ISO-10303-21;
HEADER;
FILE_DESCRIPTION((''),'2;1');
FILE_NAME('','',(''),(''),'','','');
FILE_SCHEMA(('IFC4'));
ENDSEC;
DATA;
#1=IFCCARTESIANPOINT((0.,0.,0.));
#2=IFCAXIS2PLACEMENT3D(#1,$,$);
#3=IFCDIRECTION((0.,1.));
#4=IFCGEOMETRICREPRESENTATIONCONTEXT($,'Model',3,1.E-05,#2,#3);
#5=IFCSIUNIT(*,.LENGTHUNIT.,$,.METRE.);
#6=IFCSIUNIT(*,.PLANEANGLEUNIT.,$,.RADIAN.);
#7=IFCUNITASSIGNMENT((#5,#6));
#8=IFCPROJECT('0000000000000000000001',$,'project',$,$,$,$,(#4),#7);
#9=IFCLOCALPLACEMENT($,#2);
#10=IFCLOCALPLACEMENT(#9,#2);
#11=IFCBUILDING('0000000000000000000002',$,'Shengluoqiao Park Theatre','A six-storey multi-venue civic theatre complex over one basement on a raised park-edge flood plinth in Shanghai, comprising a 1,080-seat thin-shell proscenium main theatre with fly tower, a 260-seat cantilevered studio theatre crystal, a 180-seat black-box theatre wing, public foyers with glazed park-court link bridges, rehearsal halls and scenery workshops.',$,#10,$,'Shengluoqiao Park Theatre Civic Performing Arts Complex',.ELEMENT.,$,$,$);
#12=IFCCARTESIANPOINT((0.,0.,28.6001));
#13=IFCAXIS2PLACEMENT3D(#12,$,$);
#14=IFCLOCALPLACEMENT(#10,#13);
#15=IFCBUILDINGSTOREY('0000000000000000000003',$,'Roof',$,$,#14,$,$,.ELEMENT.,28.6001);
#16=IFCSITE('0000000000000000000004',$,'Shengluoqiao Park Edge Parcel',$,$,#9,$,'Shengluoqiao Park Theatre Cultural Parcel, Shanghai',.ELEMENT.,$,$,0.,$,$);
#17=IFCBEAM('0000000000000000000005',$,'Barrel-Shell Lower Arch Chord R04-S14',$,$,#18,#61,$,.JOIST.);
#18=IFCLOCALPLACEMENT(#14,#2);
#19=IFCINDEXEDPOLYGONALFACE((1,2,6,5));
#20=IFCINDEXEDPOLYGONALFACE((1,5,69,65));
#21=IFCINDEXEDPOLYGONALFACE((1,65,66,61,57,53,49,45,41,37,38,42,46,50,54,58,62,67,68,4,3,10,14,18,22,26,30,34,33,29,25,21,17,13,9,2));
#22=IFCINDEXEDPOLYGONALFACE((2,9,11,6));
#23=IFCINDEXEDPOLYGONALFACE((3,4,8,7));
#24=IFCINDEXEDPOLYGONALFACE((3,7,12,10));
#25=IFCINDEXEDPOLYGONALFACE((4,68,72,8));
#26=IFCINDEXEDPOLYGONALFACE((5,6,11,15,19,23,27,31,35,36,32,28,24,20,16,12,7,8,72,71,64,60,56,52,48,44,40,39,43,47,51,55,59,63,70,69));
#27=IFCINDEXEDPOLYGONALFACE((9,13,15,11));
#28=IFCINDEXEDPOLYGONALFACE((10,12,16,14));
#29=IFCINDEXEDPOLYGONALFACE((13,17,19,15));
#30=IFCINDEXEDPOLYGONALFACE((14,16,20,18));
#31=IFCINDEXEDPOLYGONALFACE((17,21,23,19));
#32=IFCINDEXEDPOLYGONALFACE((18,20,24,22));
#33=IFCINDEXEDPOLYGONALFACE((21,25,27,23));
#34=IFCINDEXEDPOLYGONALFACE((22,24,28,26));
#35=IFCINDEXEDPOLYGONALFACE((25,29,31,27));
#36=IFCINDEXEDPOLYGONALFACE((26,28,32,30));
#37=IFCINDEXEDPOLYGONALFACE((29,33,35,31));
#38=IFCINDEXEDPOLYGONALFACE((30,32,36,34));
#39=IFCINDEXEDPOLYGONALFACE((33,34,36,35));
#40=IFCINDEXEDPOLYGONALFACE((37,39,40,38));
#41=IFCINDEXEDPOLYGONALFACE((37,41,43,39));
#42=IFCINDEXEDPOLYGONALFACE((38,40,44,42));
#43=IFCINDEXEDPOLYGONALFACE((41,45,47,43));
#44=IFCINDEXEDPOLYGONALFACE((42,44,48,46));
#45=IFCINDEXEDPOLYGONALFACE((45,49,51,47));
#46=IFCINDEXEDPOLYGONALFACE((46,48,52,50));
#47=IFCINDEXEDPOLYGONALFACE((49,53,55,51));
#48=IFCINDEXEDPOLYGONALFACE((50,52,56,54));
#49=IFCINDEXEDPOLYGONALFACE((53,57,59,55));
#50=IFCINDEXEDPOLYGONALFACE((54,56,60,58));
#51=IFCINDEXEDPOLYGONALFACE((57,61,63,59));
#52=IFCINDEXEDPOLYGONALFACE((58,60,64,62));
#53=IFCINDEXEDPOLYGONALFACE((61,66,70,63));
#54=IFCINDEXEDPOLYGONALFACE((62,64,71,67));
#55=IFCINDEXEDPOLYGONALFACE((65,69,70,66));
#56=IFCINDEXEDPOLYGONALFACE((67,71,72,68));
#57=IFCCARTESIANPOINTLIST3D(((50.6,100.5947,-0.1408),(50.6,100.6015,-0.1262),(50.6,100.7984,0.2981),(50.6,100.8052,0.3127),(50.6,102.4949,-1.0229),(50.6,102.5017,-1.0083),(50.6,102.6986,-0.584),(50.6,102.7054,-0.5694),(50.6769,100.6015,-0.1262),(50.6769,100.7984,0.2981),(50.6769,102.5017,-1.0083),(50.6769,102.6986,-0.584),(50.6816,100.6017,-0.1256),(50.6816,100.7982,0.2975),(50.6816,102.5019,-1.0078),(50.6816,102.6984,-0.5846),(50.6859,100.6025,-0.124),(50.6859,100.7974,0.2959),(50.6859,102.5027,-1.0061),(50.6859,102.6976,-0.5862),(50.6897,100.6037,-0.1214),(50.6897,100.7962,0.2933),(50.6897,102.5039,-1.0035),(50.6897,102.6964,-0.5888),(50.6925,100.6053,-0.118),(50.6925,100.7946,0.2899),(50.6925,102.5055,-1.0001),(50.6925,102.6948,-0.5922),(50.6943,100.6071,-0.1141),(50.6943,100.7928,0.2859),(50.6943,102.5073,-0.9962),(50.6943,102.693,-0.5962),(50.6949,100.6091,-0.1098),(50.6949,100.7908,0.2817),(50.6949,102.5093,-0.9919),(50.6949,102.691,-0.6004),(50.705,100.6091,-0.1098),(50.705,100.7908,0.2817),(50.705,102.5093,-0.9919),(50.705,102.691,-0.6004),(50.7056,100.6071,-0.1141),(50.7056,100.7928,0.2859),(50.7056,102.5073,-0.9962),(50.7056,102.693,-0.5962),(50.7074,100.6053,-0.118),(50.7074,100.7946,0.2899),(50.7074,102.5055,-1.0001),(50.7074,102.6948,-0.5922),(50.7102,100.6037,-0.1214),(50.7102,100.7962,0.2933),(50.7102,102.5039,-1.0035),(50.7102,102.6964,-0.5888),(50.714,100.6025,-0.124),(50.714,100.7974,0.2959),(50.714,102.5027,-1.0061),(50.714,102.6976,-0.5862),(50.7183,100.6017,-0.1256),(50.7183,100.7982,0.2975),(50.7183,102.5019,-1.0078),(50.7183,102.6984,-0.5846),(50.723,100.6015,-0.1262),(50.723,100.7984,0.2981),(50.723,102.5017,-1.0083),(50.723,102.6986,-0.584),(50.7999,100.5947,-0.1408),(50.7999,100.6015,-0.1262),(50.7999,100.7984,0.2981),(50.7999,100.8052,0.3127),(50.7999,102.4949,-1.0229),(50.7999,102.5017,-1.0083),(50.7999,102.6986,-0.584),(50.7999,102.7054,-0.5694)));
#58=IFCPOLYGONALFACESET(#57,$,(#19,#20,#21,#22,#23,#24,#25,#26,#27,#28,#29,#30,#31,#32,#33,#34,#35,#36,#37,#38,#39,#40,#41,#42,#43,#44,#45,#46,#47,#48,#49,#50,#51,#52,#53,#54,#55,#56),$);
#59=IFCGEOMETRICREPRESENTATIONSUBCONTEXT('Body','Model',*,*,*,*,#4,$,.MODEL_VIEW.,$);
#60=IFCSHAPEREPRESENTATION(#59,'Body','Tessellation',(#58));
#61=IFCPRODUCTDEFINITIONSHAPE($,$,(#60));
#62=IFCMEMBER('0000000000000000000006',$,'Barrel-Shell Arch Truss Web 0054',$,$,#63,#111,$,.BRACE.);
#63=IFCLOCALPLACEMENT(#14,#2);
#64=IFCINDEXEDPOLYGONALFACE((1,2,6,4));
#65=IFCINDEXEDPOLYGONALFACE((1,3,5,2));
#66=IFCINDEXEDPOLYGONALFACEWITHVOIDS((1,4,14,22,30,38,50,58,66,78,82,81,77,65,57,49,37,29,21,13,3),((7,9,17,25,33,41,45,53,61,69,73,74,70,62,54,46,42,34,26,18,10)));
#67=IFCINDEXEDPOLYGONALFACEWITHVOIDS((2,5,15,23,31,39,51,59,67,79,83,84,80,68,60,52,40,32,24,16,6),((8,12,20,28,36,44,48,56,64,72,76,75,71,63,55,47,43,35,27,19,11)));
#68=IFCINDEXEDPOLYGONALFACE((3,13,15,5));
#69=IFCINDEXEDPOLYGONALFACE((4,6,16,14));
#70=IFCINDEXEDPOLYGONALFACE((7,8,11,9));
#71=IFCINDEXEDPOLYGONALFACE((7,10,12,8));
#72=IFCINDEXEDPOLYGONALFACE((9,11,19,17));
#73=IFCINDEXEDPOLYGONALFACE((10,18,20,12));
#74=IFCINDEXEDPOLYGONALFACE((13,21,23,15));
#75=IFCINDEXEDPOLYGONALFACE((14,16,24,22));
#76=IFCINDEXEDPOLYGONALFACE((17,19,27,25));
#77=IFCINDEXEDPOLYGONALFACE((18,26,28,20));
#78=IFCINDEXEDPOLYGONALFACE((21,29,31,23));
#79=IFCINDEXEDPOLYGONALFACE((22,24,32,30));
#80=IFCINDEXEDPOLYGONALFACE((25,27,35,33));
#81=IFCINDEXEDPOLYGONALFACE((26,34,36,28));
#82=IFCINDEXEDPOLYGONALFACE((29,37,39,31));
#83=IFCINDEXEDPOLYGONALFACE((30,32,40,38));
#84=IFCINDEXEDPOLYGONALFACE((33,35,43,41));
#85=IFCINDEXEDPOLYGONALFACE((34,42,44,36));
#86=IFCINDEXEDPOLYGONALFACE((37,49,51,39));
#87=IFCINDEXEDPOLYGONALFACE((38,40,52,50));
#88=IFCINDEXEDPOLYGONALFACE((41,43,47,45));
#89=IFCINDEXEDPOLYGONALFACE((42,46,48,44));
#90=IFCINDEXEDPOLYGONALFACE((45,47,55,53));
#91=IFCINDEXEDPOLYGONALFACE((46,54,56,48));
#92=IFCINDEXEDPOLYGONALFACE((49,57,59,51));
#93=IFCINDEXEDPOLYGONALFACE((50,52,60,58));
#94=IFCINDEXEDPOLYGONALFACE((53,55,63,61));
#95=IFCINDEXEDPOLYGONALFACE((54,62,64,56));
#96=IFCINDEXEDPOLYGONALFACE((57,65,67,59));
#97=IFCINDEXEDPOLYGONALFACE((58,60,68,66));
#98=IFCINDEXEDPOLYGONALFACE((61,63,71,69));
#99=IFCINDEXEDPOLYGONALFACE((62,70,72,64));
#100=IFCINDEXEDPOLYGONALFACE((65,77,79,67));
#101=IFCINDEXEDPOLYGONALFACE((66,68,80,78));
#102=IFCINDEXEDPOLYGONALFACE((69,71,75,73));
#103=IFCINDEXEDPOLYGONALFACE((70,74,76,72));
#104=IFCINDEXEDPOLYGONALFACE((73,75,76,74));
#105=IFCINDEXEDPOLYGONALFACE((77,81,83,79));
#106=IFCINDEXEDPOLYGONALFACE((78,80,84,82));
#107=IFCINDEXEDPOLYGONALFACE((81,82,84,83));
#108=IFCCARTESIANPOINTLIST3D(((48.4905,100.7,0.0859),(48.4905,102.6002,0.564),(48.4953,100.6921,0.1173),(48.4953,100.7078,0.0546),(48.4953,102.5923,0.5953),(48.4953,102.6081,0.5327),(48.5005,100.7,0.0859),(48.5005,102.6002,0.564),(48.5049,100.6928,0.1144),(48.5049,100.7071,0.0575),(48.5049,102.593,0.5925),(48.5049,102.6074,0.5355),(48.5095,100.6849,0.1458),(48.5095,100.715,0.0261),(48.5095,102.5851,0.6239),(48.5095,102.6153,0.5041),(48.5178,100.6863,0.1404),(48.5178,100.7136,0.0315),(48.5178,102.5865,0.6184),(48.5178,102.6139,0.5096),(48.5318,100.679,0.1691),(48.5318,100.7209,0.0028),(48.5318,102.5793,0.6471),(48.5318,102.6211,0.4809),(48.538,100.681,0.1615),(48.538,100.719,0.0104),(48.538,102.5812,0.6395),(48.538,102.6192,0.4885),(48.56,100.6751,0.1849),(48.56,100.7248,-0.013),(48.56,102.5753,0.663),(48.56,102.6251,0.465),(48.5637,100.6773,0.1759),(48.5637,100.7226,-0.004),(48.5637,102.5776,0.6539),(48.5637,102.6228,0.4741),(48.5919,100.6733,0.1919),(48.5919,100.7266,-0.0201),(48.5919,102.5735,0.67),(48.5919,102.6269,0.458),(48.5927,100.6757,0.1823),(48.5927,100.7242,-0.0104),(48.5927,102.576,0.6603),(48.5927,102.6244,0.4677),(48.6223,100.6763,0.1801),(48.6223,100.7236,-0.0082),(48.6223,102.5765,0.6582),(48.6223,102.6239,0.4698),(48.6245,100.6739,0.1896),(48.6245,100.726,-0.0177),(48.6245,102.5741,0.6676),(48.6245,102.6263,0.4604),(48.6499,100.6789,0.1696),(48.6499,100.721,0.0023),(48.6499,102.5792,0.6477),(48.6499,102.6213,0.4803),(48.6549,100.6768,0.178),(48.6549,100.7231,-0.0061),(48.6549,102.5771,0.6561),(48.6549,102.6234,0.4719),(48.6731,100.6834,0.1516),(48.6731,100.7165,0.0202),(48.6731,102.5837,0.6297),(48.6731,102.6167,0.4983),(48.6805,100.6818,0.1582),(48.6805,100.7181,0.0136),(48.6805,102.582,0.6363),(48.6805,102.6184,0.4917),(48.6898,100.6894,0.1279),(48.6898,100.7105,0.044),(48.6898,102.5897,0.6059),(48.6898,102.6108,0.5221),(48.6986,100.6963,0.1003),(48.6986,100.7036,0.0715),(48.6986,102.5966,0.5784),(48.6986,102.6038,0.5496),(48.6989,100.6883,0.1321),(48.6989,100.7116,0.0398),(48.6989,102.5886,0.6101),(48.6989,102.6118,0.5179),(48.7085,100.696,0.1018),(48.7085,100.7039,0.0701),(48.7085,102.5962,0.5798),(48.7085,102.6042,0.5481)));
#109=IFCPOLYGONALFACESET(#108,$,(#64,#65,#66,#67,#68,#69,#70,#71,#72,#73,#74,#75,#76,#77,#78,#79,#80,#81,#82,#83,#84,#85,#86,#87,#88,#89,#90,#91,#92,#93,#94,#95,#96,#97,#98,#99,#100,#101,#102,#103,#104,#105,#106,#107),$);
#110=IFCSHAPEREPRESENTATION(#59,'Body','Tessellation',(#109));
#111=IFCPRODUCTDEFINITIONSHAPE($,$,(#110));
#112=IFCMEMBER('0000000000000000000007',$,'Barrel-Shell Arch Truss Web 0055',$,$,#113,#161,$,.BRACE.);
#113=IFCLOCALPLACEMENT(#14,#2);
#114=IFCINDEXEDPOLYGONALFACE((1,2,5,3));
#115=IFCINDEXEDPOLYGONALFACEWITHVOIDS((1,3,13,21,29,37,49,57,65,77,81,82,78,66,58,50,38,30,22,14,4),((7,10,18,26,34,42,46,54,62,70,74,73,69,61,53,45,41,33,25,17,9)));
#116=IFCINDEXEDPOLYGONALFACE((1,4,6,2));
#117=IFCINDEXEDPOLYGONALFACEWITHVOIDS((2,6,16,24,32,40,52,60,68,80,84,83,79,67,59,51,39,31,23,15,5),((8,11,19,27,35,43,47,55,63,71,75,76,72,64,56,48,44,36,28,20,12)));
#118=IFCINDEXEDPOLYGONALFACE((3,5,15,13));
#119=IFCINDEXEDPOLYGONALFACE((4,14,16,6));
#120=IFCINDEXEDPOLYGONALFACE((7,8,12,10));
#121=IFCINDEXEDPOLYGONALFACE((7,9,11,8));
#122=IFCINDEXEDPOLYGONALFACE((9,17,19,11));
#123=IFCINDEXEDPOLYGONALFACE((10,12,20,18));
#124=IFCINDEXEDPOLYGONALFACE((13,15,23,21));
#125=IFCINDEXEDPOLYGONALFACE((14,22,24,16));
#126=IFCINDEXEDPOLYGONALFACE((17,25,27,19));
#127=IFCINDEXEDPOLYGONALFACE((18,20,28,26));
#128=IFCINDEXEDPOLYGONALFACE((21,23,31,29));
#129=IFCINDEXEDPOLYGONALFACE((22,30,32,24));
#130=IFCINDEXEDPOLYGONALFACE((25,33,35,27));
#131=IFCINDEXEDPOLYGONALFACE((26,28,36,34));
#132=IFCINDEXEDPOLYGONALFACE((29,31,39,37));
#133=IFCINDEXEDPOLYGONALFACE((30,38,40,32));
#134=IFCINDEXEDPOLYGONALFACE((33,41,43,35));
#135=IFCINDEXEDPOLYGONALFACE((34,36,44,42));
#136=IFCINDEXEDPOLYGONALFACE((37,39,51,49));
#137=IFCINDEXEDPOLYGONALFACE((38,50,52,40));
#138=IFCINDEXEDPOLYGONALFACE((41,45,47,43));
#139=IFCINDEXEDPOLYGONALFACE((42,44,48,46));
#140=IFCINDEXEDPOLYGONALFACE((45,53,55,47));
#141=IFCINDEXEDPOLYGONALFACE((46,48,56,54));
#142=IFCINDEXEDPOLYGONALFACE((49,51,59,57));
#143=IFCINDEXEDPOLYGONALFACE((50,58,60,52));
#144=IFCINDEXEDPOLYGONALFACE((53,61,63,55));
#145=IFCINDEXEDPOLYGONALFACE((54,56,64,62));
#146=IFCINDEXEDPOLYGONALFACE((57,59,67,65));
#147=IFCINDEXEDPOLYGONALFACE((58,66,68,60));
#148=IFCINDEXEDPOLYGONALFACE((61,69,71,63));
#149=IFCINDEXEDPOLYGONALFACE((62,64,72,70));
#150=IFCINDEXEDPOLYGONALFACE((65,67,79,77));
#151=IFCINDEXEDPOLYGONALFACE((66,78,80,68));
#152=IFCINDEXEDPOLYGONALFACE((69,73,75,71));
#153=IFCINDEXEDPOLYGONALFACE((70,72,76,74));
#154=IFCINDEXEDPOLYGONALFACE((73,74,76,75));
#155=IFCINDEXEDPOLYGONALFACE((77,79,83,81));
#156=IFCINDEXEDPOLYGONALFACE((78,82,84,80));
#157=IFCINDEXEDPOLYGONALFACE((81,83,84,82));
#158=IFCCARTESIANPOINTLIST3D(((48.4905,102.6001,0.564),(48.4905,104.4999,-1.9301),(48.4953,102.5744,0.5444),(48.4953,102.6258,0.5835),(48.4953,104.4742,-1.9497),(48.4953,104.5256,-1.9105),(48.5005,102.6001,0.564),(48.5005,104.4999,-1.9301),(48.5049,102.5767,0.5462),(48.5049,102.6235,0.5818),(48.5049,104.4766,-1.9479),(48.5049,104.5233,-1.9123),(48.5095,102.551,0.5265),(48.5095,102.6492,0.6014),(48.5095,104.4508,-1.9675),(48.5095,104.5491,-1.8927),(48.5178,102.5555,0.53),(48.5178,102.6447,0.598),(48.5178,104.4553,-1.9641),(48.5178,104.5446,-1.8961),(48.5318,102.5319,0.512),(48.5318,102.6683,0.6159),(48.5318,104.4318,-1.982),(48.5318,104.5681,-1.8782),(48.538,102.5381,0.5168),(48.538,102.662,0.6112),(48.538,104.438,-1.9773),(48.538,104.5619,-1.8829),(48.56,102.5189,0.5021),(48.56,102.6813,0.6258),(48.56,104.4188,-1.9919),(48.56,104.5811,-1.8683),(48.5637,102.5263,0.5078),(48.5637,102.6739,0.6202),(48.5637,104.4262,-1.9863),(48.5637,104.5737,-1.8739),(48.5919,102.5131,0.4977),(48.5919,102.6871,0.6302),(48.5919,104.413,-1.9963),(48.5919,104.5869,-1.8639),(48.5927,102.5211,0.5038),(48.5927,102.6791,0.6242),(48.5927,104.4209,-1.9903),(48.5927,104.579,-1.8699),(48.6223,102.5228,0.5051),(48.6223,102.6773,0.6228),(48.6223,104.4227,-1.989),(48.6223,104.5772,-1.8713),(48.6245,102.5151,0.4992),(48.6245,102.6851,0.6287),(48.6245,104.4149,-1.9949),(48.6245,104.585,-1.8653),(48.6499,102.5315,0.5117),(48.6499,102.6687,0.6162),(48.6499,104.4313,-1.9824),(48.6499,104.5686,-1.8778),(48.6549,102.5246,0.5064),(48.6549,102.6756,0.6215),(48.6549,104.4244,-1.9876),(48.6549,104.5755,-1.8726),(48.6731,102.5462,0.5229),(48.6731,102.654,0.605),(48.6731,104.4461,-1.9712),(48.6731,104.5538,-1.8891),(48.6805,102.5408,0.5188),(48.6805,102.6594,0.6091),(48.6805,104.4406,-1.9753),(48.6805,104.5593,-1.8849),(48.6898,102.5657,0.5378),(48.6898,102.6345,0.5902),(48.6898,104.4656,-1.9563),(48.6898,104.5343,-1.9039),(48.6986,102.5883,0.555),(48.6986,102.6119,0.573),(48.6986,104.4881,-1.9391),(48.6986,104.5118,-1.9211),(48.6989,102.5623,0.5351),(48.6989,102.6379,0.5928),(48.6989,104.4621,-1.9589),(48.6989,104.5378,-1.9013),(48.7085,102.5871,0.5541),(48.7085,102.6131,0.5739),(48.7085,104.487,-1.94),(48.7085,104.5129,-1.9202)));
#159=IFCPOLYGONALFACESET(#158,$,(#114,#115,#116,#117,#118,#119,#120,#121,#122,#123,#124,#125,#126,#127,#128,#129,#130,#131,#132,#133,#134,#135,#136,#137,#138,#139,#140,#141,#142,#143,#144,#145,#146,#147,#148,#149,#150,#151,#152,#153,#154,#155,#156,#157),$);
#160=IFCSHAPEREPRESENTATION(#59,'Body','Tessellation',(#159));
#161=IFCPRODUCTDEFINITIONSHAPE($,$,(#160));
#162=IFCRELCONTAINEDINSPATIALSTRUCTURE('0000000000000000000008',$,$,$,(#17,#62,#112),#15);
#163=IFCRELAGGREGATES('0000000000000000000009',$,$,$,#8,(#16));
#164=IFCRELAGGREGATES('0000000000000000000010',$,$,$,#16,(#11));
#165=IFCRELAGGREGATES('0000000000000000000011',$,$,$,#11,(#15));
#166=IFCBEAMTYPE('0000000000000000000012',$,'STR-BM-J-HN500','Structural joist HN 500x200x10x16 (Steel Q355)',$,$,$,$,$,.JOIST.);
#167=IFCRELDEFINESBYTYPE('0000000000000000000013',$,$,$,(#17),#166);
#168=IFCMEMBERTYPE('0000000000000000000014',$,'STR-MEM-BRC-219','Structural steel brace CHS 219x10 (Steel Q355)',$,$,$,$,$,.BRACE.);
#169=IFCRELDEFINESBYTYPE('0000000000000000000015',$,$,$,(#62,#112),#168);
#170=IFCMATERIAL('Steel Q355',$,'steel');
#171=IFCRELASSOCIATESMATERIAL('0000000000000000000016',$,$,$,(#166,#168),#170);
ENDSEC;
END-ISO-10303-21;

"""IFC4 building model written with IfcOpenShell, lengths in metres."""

from ifc_helpers import new_model, si_unit, direction, frame, origin, origin_2d, place, context, subcontext, project, spatial, hollow_circle, i_section, extrude, material, material_profile, profile_set, type_object, element, save


model = new_model("IFC4")

# Units and contexts
model_context = context("Model", 3, precision=1e-05, world=origin(), true_north=direction((0.0, 1.0)))
body_context = subcontext(model_context, "Body", "Model", "MODEL_VIEW")
ifc_project = project(units=[si_unit("LENGTHUNIT", "METRE"), si_unit("PLANEANGLEUNIT", "RADIAN")], contexts=[model_context])

# Site, building, storey
site_placement = place(None, origin())
site = spatial("IfcSite", under=ifc_project, at=site_placement, Name="Shengluoqiao Park Edge Parcel", LongName="Shengluoqiao Park Theatre Cultural Parcel, Shanghai", CompositionType="ELEMENT", RefElevation=0.0)
building_placement = place(site_placement, origin())
building = spatial("IfcBuilding", under=site, at=building_placement, Name="Shengluoqiao Park Theatre", Description="A six-storey multi-venue civic theatre complex over one basement on a raised park-edge flood plinth in Shanghai, comprising a 1,080-seat thin-shell proscenium main theatre with fly tower, a 260-seat cantilevered studio theatre crystal, a 180-seat black-box theatre wing, public foyers with glazed park-court link bridges, rehearsal halls and scenery workshops.", LongName="Shengluoqiao Park Theatre Civic Performing Arts Complex", CompositionType="ELEMENT")
storey_placement = place(building_placement, frame((0.0, 0.0, 28.6001)))
storey = spatial("IfcBuildingStorey", under=building, at=storey_placement, Name="Roof", CompositionType="ELEMENT", Elevation=28.6001)

# Beam
ifc_material_1 = material(Name="Steel Q355", Category="steel")
ifc_material_profile_1 = material_profile(ifc_material_1, i_section(OverallWidth=0.2, OverallDepth=0.5, WebThickness=0.01, FlangeThickness=0.0161, FilletRadius=0.0181, at=origin_2d()), Name="HN 500x200x10x16")
ifc_profile_set_1 = profile_set([ifc_material_profile_1], Name="Steel Q355")
beam_type_1 = type_object("IfcBeamType", Name="STR-BM-J-HN500", Description="Structural joist HN 500x200x10x16 (Steel Q355)", PredefinedType="JOIST", material=ifc_profile_set_1)
beam_1_placement = place(storey_placement, frame((50.7, 100.7, 0.0859), z_axis=(0.0, 0.907033, -0.42106), x_axis=(-1.0, 0.0, 0.0)))
element("IfcBeam", 1, at=beam_1_placement, inside=storey, type_object=beam_type_1, Name="Barrel-Shell Lower Arch Chord R04-S14", PredefinedType="JOIST", context=body_context, shape_type="SweptSolid", body=[
    extrude(i_section(OverallWidth=0.2, OverallDepth=0.5, WebThickness=0.01, FlangeThickness=0.0161, FilletRadius=0.0181, at=origin_2d()), origin(), (0.0, 0.0, 1.0), 2.095),
])

# Members
ifc_material_profile_2 = material_profile(ifc_material_1, hollow_circle(Radius=0.1096, WallThickness=0.01, at=origin_2d()), Name="CHS 219x10")
ifc_profile_set_2 = profile_set([ifc_material_profile_2], Name="Steel Q355")
member_type_1 = type_object("IfcMemberType", Name="STR-MEM-BRC-219", Description="Structural steel brace CHS 219x10 (Steel Q355)", PredefinedType="BRACE", material=ifc_profile_set_2)
member_1_placement = place(storey_placement, frame((48.6001, 100.7, 0.0859), z_axis=(0.0, 0.969782, 0.243972), x_axis=(-1.0, 0.0, 0.0)))
element("IfcMember", 2, at=member_1_placement, inside=storey, type_object=member_type_1, Name="Barrel-Shell Arch Truss Web 0054", PredefinedType="BRACE", context=body_context, shape_type="SweptSolid", body=[
    extrude(hollow_circle(Radius=0.1096, WallThickness=0.01, at=origin_2d()), origin(), (0.0, 0.0, 1.0), 1.9595),
])
member_2_placement = place(storey_placement, frame((48.6001, 102.6001, 0.564), z_axis=(0.0, 0.605963, -0.795492), x_axis=(-1.0, 0.0, 0.0)))
element("IfcMember", 3, at=member_2_placement, inside=storey, type_object=member_type_1, Name="Barrel-Shell Arch Truss Web 0055", PredefinedType="BRACE", context=body_context, shape_type="SweptSolid", body=[
    extrude(hollow_circle(Radius=0.1096, WallThickness=0.01, at=origin_2d()), origin(), (0.0, 0.0, 1.0), 3.1353),
])

save(model, "model.ifc")
